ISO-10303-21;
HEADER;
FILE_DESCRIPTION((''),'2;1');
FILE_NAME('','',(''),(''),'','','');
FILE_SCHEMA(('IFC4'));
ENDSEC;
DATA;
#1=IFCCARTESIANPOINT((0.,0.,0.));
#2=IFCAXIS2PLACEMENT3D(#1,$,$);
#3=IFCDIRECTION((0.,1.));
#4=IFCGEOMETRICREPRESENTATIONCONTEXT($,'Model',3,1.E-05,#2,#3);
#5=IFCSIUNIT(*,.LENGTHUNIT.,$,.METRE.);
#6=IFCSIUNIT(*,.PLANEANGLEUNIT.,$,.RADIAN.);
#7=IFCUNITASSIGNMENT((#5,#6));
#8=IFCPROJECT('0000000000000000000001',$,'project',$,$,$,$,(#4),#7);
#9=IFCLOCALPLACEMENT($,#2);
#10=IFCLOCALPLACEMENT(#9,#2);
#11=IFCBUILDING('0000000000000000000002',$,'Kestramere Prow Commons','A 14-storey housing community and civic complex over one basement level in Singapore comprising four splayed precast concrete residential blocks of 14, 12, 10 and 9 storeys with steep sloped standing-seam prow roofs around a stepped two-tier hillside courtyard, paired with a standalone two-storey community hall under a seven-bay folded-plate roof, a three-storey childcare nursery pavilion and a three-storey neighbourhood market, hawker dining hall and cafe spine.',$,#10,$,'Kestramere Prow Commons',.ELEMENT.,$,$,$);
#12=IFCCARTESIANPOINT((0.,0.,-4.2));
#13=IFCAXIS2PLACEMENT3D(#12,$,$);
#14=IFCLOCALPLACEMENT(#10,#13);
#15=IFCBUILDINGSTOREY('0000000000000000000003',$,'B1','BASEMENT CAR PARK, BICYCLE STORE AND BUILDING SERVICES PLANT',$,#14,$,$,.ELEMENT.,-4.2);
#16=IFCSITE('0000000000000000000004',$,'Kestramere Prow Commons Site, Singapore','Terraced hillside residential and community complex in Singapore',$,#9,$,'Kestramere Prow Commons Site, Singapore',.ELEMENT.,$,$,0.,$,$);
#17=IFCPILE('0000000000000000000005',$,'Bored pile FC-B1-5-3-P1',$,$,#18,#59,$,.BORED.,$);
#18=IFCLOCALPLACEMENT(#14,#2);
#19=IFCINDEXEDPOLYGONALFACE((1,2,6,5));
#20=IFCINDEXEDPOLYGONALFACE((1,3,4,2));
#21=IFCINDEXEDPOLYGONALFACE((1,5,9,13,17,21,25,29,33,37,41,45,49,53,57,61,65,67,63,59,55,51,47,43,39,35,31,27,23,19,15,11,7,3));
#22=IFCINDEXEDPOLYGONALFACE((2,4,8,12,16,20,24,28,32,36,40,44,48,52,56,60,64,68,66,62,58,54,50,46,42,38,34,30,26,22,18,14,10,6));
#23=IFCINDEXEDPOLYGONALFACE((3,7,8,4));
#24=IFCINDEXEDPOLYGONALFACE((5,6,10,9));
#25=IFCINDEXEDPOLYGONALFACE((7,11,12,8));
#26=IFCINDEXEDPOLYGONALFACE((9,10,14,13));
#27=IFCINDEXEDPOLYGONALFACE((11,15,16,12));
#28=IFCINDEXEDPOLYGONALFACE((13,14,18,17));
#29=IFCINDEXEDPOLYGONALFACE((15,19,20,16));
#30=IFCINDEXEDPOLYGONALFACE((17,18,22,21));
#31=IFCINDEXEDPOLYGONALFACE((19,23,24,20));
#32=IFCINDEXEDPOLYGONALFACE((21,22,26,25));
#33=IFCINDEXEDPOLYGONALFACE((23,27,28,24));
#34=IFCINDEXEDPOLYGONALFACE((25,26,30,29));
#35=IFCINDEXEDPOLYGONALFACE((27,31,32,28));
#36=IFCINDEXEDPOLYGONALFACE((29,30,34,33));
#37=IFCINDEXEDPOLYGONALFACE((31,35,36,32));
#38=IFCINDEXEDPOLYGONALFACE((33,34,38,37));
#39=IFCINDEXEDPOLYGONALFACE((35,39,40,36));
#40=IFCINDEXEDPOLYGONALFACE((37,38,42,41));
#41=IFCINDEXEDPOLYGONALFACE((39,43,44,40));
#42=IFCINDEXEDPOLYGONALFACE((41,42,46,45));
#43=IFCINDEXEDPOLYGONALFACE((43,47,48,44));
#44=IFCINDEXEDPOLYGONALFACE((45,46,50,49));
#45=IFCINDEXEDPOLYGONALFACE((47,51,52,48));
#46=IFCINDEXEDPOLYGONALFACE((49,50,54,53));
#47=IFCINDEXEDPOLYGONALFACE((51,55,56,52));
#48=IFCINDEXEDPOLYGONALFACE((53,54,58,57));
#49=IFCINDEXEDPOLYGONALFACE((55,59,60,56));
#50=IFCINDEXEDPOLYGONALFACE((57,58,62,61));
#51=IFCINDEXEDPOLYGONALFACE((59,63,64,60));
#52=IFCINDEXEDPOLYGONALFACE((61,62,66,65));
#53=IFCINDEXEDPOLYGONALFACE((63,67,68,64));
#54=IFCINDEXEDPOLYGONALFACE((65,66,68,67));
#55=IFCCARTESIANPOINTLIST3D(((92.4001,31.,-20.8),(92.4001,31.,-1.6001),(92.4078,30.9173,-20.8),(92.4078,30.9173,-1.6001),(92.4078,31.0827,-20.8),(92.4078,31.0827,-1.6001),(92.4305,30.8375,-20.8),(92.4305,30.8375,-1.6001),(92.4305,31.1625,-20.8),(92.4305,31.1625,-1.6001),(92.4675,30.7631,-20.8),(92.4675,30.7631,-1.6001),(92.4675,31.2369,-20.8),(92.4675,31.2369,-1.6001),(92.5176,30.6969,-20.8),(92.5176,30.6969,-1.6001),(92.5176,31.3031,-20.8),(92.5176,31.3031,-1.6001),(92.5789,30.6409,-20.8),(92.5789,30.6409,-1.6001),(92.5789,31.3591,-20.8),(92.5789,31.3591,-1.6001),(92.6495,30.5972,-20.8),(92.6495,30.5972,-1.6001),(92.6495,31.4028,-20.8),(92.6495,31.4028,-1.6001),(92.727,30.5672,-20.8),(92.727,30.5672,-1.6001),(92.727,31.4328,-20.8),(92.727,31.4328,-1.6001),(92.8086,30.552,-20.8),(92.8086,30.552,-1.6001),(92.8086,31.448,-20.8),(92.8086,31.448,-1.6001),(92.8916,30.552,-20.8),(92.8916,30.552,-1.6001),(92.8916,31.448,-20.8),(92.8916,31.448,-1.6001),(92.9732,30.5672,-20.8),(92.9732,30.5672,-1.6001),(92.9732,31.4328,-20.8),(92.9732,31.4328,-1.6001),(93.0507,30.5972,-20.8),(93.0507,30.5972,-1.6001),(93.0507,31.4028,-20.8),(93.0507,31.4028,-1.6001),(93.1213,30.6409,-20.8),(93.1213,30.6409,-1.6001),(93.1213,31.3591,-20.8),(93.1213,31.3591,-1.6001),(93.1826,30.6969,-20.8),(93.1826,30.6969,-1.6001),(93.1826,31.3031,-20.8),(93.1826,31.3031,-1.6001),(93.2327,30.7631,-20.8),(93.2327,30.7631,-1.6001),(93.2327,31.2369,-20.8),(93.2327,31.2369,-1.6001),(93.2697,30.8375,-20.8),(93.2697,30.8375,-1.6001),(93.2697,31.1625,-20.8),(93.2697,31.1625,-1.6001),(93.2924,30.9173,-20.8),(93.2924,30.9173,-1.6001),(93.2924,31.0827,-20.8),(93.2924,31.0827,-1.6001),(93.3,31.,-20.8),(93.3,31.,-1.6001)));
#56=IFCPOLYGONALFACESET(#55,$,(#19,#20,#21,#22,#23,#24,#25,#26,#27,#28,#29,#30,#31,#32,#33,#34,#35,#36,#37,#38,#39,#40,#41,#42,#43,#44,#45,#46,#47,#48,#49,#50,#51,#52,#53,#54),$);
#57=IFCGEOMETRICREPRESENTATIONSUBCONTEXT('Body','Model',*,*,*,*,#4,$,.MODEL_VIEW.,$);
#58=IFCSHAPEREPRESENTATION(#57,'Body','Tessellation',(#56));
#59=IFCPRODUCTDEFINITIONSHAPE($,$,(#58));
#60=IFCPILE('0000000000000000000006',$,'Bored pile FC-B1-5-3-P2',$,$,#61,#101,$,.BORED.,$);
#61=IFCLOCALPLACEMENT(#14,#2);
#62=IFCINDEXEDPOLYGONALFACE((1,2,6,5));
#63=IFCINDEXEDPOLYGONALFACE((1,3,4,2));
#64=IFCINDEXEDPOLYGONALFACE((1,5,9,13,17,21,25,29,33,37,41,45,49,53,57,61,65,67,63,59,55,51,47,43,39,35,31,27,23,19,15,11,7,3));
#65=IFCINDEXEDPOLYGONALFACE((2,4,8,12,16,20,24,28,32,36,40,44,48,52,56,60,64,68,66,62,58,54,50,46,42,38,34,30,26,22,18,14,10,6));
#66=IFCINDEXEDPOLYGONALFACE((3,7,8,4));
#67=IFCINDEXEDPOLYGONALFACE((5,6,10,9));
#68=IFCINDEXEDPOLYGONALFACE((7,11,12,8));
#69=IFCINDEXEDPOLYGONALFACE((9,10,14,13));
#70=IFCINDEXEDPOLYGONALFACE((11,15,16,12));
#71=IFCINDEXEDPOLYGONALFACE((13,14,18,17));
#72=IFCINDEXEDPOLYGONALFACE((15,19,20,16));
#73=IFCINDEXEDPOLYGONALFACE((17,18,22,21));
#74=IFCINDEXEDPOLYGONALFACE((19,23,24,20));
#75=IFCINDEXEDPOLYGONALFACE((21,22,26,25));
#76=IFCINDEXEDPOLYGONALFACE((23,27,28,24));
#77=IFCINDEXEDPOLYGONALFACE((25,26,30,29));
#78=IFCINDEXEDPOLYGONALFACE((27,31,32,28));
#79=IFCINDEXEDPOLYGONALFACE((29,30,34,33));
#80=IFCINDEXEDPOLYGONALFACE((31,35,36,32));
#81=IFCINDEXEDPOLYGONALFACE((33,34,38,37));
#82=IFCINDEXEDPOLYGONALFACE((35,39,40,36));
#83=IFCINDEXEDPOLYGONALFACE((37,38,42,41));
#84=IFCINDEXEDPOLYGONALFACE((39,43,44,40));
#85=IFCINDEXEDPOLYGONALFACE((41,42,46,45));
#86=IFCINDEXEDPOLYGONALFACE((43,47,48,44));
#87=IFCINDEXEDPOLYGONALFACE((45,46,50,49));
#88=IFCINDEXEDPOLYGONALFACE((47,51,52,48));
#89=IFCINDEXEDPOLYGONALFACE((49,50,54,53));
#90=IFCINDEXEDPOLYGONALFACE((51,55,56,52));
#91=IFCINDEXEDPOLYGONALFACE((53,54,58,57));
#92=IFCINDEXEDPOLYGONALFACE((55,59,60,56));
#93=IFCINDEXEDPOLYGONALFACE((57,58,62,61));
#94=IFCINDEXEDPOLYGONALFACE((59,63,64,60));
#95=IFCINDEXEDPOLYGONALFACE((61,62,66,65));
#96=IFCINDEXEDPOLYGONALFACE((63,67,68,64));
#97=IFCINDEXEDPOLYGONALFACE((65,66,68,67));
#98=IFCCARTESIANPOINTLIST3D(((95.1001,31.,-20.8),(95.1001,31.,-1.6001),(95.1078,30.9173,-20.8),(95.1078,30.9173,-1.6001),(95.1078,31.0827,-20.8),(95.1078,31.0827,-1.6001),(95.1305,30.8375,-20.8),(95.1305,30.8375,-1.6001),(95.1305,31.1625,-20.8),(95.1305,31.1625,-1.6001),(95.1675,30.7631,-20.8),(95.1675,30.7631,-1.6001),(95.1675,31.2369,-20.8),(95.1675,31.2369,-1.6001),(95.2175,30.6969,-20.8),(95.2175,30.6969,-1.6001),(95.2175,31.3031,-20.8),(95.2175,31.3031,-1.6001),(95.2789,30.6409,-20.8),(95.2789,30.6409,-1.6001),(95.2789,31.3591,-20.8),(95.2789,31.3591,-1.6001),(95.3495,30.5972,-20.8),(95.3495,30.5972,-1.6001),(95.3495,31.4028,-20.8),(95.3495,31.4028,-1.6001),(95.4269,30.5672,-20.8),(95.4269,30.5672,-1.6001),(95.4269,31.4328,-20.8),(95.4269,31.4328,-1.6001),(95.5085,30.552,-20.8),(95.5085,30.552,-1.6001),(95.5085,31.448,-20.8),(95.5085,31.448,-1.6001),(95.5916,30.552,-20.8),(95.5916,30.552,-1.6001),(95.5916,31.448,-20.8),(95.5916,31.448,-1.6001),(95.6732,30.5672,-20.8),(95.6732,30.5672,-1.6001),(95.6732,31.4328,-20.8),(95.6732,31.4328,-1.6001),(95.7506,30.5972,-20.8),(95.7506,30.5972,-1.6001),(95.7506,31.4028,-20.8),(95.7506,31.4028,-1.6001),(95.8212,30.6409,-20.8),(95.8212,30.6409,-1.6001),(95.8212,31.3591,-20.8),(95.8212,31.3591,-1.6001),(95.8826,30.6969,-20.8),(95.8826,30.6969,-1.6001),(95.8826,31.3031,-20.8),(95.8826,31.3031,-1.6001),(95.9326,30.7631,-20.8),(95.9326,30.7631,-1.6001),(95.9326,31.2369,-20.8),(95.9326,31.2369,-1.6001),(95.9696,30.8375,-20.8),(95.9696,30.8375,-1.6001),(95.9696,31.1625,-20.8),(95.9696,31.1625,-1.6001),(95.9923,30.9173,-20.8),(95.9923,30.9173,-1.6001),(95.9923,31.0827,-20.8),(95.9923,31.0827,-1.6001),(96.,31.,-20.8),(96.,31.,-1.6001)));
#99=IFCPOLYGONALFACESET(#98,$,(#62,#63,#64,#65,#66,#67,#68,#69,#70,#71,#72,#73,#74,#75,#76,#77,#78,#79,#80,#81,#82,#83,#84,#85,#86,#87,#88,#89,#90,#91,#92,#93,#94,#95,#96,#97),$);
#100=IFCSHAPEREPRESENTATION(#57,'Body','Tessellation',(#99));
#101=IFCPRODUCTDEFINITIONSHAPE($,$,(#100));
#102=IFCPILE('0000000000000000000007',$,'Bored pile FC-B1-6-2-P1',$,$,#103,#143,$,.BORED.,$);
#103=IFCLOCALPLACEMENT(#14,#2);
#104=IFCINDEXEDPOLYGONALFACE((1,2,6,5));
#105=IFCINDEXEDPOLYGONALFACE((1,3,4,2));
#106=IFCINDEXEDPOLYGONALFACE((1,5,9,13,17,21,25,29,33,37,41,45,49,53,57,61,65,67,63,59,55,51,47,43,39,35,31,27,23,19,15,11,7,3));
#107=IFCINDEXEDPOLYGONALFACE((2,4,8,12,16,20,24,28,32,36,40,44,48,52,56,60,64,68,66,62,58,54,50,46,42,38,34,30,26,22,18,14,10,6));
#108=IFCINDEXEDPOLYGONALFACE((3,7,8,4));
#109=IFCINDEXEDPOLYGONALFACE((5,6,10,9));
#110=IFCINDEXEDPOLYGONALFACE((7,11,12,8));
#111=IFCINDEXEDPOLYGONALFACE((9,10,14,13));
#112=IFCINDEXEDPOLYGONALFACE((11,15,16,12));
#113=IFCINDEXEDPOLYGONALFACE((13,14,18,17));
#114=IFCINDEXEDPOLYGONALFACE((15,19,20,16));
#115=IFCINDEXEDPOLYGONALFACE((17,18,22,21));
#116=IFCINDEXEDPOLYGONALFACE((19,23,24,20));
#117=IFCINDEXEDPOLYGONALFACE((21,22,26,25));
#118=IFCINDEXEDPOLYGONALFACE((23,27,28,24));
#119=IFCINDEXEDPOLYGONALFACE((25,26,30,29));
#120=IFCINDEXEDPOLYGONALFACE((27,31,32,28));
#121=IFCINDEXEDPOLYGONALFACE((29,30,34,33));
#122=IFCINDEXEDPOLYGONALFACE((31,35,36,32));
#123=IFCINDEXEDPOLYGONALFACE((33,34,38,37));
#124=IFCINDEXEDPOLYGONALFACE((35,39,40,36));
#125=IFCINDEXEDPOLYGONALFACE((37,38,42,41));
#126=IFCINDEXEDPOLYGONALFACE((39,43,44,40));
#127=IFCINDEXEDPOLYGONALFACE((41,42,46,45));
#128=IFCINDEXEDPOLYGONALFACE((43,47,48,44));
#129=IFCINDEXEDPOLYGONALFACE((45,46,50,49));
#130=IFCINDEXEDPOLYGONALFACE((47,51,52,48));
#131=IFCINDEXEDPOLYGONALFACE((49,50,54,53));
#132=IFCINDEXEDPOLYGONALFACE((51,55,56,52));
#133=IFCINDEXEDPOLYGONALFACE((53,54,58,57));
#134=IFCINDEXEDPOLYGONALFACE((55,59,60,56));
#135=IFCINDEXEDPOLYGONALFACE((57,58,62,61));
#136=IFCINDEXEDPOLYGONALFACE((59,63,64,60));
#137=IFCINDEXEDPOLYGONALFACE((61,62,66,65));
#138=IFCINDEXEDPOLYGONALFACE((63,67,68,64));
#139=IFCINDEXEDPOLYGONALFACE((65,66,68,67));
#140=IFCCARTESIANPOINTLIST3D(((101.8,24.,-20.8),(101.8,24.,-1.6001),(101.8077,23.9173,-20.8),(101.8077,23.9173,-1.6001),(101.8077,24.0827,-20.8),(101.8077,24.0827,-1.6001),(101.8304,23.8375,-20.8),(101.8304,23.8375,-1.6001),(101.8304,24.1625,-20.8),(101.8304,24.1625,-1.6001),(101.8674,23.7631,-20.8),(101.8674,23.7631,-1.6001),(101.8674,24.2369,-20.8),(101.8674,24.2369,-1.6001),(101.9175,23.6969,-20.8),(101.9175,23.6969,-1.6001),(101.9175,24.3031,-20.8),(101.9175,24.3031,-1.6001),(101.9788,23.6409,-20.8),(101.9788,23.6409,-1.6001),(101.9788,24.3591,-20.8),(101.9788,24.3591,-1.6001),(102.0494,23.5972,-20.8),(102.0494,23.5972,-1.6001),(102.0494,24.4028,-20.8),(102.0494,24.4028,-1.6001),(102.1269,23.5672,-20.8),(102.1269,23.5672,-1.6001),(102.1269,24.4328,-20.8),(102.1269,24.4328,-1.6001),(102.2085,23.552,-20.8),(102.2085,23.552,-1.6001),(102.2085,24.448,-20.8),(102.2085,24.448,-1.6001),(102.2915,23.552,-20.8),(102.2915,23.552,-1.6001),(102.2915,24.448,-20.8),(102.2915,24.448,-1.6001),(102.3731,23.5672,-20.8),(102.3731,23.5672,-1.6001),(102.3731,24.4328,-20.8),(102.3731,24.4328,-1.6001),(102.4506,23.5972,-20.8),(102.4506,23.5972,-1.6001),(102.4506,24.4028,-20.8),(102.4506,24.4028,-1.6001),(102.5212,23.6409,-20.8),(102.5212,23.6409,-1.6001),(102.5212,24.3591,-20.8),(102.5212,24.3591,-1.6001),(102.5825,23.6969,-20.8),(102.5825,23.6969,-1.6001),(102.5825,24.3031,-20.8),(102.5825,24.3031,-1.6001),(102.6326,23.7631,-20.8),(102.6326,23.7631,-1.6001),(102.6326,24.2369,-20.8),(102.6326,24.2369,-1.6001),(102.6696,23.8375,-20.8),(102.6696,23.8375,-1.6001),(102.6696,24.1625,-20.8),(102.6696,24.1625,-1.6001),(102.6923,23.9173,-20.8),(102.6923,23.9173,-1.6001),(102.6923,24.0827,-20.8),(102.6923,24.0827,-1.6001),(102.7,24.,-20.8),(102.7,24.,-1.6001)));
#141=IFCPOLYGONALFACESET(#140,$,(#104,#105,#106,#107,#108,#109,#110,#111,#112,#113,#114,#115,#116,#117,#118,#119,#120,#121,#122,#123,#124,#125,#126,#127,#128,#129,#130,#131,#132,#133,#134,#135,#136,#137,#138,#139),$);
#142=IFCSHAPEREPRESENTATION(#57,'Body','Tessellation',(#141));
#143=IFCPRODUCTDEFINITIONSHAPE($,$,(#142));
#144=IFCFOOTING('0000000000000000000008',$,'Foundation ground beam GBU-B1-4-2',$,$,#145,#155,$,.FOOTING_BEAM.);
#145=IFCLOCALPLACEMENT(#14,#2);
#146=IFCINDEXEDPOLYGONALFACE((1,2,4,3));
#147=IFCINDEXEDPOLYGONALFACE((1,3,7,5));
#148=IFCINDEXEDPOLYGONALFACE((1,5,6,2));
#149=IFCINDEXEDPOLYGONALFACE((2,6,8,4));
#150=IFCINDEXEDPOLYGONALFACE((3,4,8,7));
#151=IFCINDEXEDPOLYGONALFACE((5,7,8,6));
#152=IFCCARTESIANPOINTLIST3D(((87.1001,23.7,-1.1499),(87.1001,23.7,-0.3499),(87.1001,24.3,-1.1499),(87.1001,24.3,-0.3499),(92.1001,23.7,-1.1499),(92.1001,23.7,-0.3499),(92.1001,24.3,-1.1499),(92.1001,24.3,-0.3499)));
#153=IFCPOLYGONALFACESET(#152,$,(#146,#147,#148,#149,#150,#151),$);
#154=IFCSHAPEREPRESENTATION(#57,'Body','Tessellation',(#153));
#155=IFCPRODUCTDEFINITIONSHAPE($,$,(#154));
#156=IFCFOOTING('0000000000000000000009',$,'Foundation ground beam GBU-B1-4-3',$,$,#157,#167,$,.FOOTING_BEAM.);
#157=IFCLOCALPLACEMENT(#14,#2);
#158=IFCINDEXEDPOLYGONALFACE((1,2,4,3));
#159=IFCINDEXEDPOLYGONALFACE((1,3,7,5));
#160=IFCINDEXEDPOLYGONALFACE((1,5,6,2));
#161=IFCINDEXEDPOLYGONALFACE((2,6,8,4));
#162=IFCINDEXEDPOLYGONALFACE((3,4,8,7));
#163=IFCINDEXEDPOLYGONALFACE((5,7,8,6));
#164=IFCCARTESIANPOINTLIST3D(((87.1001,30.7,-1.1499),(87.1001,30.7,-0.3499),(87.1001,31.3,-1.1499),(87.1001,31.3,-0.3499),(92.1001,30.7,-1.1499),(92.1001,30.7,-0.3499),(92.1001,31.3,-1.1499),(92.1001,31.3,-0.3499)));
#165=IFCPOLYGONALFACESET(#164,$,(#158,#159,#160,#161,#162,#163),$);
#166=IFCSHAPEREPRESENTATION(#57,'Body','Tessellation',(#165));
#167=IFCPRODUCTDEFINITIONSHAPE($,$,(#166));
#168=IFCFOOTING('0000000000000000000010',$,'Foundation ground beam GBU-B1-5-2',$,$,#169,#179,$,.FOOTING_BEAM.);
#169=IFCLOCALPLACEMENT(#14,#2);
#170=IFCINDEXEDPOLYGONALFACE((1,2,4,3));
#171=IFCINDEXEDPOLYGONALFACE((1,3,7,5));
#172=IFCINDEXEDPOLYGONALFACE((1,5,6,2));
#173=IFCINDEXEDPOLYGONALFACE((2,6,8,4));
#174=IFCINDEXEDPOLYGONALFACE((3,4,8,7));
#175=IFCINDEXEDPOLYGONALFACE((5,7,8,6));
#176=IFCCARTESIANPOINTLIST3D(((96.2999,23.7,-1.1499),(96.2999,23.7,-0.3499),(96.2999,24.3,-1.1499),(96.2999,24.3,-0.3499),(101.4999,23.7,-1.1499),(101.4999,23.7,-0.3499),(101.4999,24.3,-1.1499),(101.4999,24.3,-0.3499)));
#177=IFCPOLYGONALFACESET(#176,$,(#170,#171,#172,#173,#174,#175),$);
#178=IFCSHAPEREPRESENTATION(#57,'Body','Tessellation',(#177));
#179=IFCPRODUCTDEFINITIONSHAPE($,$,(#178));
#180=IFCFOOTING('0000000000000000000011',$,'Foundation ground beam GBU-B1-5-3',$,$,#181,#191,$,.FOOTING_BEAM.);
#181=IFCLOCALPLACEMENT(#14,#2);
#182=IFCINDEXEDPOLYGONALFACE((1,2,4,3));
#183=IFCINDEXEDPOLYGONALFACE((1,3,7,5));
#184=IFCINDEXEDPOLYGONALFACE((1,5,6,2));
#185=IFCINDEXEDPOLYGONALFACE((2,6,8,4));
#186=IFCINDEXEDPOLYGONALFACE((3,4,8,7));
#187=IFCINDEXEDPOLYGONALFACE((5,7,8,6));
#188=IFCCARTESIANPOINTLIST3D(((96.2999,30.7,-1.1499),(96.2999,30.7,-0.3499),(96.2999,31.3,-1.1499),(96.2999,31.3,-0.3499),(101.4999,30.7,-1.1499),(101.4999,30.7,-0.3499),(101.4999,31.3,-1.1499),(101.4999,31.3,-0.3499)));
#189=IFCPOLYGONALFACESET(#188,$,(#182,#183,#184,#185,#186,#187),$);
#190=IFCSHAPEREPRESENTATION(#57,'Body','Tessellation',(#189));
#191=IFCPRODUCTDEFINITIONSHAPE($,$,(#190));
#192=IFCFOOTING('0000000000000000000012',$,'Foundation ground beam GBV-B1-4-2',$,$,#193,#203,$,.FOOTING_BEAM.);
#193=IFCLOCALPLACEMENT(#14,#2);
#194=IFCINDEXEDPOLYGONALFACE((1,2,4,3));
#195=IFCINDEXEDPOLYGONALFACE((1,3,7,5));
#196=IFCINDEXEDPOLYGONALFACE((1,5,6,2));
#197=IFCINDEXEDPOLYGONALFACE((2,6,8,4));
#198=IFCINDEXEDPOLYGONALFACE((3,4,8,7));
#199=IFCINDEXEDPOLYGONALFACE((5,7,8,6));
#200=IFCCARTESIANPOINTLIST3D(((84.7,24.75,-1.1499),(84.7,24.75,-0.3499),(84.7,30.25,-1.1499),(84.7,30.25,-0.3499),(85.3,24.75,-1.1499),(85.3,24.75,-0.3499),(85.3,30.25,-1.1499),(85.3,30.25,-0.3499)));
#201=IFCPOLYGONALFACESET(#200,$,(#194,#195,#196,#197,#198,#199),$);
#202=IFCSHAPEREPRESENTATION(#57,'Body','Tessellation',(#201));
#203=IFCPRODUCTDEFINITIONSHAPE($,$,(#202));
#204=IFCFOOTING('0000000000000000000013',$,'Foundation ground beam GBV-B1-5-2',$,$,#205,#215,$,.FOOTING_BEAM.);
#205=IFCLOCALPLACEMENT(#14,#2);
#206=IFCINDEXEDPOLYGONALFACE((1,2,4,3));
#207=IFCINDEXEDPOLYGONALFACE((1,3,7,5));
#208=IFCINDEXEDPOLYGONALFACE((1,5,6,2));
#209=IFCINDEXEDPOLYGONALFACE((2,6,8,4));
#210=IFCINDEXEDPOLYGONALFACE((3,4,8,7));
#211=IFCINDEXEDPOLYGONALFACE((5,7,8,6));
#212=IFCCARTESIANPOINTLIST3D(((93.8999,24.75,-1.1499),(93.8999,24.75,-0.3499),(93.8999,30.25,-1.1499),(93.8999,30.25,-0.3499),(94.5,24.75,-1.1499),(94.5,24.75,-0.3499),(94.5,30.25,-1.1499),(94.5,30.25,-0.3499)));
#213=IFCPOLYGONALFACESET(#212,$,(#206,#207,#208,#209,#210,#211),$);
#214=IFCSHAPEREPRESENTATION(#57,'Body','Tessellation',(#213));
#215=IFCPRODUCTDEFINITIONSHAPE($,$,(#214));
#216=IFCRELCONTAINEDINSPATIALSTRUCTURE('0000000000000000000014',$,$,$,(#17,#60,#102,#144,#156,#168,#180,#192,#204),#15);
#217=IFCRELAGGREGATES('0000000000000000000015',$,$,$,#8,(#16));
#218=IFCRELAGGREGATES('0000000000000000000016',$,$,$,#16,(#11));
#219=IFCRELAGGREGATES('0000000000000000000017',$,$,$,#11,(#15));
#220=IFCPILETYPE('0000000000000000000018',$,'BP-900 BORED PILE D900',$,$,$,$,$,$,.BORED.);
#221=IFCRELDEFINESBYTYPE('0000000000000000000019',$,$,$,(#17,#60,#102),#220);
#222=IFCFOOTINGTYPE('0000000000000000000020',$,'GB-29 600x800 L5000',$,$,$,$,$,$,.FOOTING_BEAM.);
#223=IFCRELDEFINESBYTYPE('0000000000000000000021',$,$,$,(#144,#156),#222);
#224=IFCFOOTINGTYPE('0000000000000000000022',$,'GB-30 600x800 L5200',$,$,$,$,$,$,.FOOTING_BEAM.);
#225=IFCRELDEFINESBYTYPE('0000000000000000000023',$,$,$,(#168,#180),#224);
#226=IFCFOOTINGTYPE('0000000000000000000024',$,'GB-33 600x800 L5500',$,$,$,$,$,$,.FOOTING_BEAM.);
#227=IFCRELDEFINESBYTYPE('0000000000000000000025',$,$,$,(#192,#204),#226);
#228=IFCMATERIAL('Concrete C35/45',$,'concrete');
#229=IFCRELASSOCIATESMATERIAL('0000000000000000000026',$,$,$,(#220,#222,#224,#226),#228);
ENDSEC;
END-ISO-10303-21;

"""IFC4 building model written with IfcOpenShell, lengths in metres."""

from ifc_helpers import new_model, si_unit, direction, frame, origin, origin_2d, place, context, subcontext, project, spatial, rectangle, circle, extrude, material, material_profile, profile_set, type_object, element, save


model = new_model("IFC4")

# Units and contexts
model_context = context("Model", 3, precision=1e-05, world=origin(), true_north=direction((0.0, 1.0)))
body_context = subcontext(model_context, "Body", "Model", "MODEL_VIEW")
ifc_project = project(units=[si_unit("LENGTHUNIT", "METRE"), si_unit("PLANEANGLEUNIT", "RADIAN")], contexts=[model_context])

# Site, building, storey
site_placement = place(None, origin())
site = spatial("IfcSite", under=ifc_project, at=site_placement, Name="Kestramere Prow Commons Site, Singapore", Description="Terraced hillside residential and community complex in Singapore", LongName="Kestramere Prow Commons Site, Singapore", CompositionType="ELEMENT", RefElevation=0.0)
building_placement = place(site_placement, origin())
building = spatial("IfcBuilding", under=site, at=building_placement, Name="Kestramere Prow Commons", Description="A 14-storey housing community and civic complex over one basement level in Singapore comprising four splayed precast concrete residential blocks of 14, 12, 10 and 9 storeys with steep sloped standing-seam prow roofs around a stepped two-tier hillside courtyard, paired with a standalone two-storey community hall under a seven-bay folded-plate roof, a three-storey childcare nursery pavilion and a three-storey neighbourhood market, hawker dining hall and cafe spine.", LongName="Kestramere Prow Commons", CompositionType="ELEMENT")
storey_placement = place(building_placement, frame((0.0, 0.0, -4.2)))
storey = spatial("IfcBuildingStorey", under=building, at=storey_placement, Name="B1", Description="BASEMENT CAR PARK, BICYCLE STORE AND BUILDING SERVICES PLANT", CompositionType="ELEMENT", Elevation=-4.2)

# Piles
ifc_material = material(Name="Concrete C35/45", Category="concrete")
ifc_material_profile_1 = material_profile(ifc_material, circle(Radius=0.45, at=origin_2d()), Name="BORED PILE D900")
ifc_profile_set_1 = profile_set([ifc_material_profile_1], Name="Concrete C35/45")
pile_type = type_object("IfcPileType", Name="BP-900 BORED PILE D900", PredefinedType="BORED", material=ifc_profile_set_1)
for number, where, z_axis, x_axis, name in (
    (1, (92.8501, 31.0, -1.6001), (0.0, 0.0, -1.0), (1.0, 0.0, 0.0), "Bored pile FC-B1-5-3-P1"),
    (2, (95.55, 31.0, -1.6001), (0.0, 0.0, -1.0), (1.0, 0.0, 0.0), "Bored pile FC-B1-5-3-P2"),
    (3, (102.25, 24.0, -1.6001), (0.0, 0.0, -1.0), (1.0, 0.0, 0.0), "Bored pile FC-B1-6-2-P1"),
):
    element("IfcPile", number, at=place(storey_placement, frame(where, z_axis=z_axis, x_axis=x_axis)), inside=storey, type_object=pile_type, Name=name, PredefinedType="BORED", context=body_context, shape_type="SweptSolid", body=[
        extrude(circle(Radius=0.45, at=origin_2d()), origin(), (0.0, 0.0, 1.0), 19.2),
    ])

# Footings
footing_type_1 = type_object("IfcFootingType", Name="GB-29 600x800 L5000", PredefinedType="FOOTING_BEAM", material=ifc_material)
for number, where, z_axis, x_axis, name in (
    (4, (89.6001, 24.0, -1.1499), (0.0, 0.0, 1.0), (1.0, 0.0, 0.0), "Foundation ground beam GBU-B1-4-2"),
    (5, (89.6001, 31.0, -1.1499), (0.0, 0.0, 1.0), (1.0, 0.0, 0.0), "Foundation ground beam GBU-B1-4-3"),
):
    element("IfcFooting", number, at=place(storey_placement, frame(where, z_axis=z_axis, x_axis=x_axis)), inside=storey, type_object=footing_type_1, Name=name, PredefinedType="FOOTING_BEAM", context=body_context, shape_type="SweptSolid", body=[
        extrude(rectangle(XDim=5.0, YDim=0.6001, at=origin_2d()), origin(), (0.0, 0.0, 1.0), 0.8),
    ])
footing_type_2 = type_object("IfcFootingType", Name="GB-30 600x800 L5200", PredefinedType="FOOTING_BEAM", material=ifc_material)
for number, where, z_axis, x_axis, name in (
    (6, (98.8999, 24.0, -1.1499), (0.0, 0.0, 1.0), (1.0, 0.0, 0.0), "Foundation ground beam GBU-B1-5-2"),
    (7, (98.8999, 31.0, -1.1499), (0.0, 0.0, 1.0), (1.0, 0.0, 0.0), "Foundation ground beam GBU-B1-5-3"),
):
    element("IfcFooting", number, at=place(storey_placement, frame(where, z_axis=z_axis, x_axis=x_axis)), inside=storey, type_object=footing_type_2, Name=name, PredefinedType="FOOTING_BEAM", context=body_context, shape_type="SweptSolid", body=[
        extrude(rectangle(XDim=5.2, YDim=0.6001, at=origin_2d()), origin(), (0.0, 0.0, 1.0), 0.8),
    ])
footing_type_3 = type_object("IfcFootingType", Name="GB-33 600x800 L5500", PredefinedType="FOOTING_BEAM", material=ifc_material)
for number, where, z_axis, x_axis, name in (
    (8, (85.0, 27.5, -1.1499), (0.0, 0.0, 1.0), (0.0, 1.0, 0.0), "Foundation ground beam GBV-B1-4-2"),
    (9, (94.2, 27.5, -1.1499), (0.0, 0.0, 1.0), (0.0, 1.0, 0.0), "Foundation ground beam GBV-B1-5-2"),
):
    element("IfcFooting", number, at=place(storey_placement, frame(where, z_axis=z_axis, x_axis=x_axis)), inside=storey, type_object=footing_type_3, Name=name, PredefinedType="FOOTING_BEAM", context=body_context, shape_type="SweptSolid", body=[
        extrude(rectangle(XDim=5.5, YDim=0.6001, at=origin_2d()), origin(), (0.0, 0.0, 1.0), 0.8),
    ])

save(model, "model.ifc")
